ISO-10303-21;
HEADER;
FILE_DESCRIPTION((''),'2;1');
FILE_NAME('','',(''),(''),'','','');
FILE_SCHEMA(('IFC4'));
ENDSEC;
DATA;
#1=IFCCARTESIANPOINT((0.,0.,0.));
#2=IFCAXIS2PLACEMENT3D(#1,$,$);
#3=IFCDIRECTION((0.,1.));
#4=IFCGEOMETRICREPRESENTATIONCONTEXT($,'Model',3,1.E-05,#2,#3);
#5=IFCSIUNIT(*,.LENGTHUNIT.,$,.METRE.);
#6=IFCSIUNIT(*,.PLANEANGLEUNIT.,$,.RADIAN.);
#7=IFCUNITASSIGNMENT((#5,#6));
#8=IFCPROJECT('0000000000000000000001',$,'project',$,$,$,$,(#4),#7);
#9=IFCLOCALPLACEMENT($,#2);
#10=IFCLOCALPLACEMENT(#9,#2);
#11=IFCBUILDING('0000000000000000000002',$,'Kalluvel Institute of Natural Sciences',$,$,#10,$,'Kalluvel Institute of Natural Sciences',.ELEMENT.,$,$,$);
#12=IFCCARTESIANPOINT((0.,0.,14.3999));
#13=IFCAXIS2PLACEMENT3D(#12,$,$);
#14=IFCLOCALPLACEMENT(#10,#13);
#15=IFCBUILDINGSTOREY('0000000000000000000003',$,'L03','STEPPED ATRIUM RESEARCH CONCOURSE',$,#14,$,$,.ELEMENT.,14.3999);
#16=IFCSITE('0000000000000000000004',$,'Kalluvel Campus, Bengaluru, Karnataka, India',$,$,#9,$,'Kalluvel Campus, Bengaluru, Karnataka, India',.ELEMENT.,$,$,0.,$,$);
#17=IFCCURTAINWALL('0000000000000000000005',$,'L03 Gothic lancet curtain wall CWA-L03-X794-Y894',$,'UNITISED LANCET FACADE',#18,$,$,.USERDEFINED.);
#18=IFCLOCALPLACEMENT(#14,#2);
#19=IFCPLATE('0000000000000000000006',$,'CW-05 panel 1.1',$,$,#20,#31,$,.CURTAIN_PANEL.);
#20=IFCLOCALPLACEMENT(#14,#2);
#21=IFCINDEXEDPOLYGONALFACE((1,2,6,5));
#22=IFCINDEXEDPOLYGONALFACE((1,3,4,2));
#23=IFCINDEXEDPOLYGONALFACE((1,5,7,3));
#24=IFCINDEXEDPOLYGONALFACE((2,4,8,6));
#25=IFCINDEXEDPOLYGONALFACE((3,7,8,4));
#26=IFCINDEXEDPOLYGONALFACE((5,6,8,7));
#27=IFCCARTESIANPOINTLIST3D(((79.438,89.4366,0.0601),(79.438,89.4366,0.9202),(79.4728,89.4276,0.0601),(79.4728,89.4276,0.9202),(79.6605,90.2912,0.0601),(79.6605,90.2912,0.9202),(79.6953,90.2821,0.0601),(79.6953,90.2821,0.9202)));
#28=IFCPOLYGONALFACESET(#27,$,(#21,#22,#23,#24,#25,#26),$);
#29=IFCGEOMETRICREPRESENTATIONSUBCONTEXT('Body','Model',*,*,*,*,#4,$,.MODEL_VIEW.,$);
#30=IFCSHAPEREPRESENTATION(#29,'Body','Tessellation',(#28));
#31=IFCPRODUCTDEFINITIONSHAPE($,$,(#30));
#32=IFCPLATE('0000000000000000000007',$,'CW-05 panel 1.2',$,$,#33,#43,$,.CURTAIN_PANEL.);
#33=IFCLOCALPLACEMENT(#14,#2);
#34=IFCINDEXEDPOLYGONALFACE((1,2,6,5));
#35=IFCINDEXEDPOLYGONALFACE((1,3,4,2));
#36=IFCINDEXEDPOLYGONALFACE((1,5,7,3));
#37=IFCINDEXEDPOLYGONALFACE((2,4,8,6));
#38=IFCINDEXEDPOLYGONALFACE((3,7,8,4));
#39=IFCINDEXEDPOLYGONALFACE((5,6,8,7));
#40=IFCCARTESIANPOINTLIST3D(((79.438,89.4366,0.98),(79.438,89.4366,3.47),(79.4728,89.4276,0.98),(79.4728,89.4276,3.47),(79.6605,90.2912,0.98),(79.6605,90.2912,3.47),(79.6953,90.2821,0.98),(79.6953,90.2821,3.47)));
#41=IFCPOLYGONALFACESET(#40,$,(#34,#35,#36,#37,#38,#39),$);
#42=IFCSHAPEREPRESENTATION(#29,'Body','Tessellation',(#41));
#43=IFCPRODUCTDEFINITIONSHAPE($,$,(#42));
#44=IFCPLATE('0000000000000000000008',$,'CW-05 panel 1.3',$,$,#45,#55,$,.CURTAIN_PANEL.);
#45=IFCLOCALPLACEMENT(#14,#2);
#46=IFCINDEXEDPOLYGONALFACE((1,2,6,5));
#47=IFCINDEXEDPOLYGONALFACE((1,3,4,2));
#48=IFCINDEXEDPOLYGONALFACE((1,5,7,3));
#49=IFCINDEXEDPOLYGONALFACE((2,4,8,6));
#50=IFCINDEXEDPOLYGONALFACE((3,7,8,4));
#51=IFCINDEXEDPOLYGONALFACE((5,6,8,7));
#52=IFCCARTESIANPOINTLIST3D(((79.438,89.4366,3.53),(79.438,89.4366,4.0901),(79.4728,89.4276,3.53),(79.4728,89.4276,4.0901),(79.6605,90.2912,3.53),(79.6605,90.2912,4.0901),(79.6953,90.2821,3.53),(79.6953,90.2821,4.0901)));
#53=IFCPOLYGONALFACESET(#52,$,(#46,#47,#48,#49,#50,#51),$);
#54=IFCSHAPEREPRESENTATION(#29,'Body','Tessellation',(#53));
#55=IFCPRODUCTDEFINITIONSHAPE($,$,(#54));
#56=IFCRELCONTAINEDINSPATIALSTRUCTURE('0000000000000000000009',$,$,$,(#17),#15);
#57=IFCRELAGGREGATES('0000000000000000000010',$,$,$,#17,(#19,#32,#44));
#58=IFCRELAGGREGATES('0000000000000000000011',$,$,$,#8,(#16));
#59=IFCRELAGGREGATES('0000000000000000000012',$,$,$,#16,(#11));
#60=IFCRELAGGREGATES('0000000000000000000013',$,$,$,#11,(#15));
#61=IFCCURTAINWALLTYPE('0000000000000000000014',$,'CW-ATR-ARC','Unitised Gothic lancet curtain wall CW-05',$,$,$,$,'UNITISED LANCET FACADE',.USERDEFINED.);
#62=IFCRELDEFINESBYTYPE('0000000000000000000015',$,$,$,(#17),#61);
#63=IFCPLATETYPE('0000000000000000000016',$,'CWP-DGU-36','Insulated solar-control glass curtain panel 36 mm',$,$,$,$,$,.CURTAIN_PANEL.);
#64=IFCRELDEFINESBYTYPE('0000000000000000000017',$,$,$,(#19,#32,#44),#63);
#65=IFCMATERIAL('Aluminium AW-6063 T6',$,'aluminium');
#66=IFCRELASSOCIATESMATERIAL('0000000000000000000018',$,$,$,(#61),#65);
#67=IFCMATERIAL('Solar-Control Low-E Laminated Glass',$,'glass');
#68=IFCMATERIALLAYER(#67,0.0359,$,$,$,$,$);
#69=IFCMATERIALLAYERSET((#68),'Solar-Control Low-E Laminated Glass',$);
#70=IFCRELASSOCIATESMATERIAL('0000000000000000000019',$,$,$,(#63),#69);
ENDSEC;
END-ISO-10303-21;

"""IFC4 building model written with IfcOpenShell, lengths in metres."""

from ifc_helpers import new_model, si_unit, direction, frame, origin, origin_2d, place, context, subcontext, project, spatial, rectangle, extrude, material, layer, layer_set, type_object, element, aggregate, save


model = new_model("IFC4")

# Units and contexts
model_context = context("Model", 3, precision=1e-05, world=origin(), true_north=direction((0.0, 1.0)))
body_context = subcontext(model_context, "Body", "Model", "MODEL_VIEW")
ifc_project = project(units=[si_unit("LENGTHUNIT", "METRE"), si_unit("PLANEANGLEUNIT", "RADIAN")], contexts=[model_context])

# Site, building, storey
site_placement = place(None, origin())
site = spatial("IfcSite", under=ifc_project, at=site_placement, Name="Kalluvel Campus, Bengaluru, Karnataka, India", LongName="Kalluvel Campus, Bengaluru, Karnataka, India", CompositionType="ELEMENT", RefElevation=0.0)
building_placement = place(site_placement, origin())
building = spatial("IfcBuilding", under=site, at=building_placement, Name="Kalluvel Institute of Natural Sciences", LongName="Kalluvel Institute of Natural Sciences", CompositionType="ELEMENT")
storey_placement = place(building_placement, frame((0.0, 0.0, 14.3999)))
storey = spatial("IfcBuildingStorey", under=building, at=storey_placement, Name="L03", Description="STEPPED ATRIUM RESEARCH CONCOURSE", CompositionType="ELEMENT", Elevation=14.3999)

# Shared definitions
ifc_material_1 = material(Name="Aluminium AW-6063 T6", Category="aluminium")
curtain_wall_type = type_object("IfcCurtainWallType", Name="CW-ATR-ARC", Description="Unitised Gothic lancet curtain wall CW-05", ElementType="UNITISED LANCET FACADE", PredefinedType="USERDEFINED", material=ifc_material_1)

# Curtain wall
curtain_wall_1_placement = place(storey_placement, origin())
curtain_wall_1 = element("IfcCurtainWall", 1, at=curtain_wall_1_placement, inside=storey, type_object=curtain_wall_type, Name="L03 Gothic lancet curtain wall CWA-L03-X794-Y894", ObjectType="UNITISED LANCET FACADE", PredefinedType="USERDEFINED")

# Plates
ifc_material_2 = material(Name="Solar-Control Low-E Laminated Glass", Category="glass")
ifc_layer = layer(ifc_material_2, 0.0359)
ifc_layer_set = layer_set([ifc_layer], Name="Solar-Control Low-E Laminated Glass")
plate_type = type_object("IfcPlateType", Name="CWP-DGU-36", Description="Insulated solar-control glass curtain panel 36 mm", PredefinedType="CURTAIN_PANEL", material=ifc_layer_set)
plate_1_placement = place(storey_placement, frame((79.5667, 89.8594, 0.0601), z_axis=(0.0, 0.0, 1.0), x_axis=(0.251986, 0.967731, 0.0)))
plate_1 = element("IfcPlate", 2, at=plate_1_placement, type_object=plate_type, Name="CW-05 panel 1.1", PredefinedType="CURTAIN_PANEL", context=body_context, shape_type="SweptSolid", body=[
    extrude(rectangle(XDim=0.8831, YDim=0.0359, at=origin_2d()), origin(), (0.0, 0.0, 1.0), 0.8601),
])
plate_2_placement = place(storey_placement, frame((79.5667, 89.8594, 0.98), z_axis=(0.0, 0.0, 1.0), x_axis=(0.251986, 0.967731, 0.0)))
plate_2 = element("IfcPlate", 3, at=plate_2_placement, type_object=plate_type, Name="CW-05 panel 1.2", PredefinedType="CURTAIN_PANEL", context=body_context, shape_type="SweptSolid", body=[
    extrude(rectangle(XDim=0.8831, YDim=0.0359, at=origin_2d()), origin(), (0.0, 0.0, 1.0), 2.49),
])
plate_3_placement = place(storey_placement, frame((79.5667, 89.8594, 3.53), z_axis=(0.0, 0.0, 1.0), x_axis=(0.251986, 0.967731, 0.0)))
plate_3 = element("IfcPlate", 4, at=plate_3_placement, type_object=plate_type, Name="CW-05 panel 1.3", PredefinedType="CURTAIN_PANEL", context=body_context, shape_type="SweptSolid", body=[
    extrude(rectangle(XDim=0.8831, YDim=0.0359, at=origin_2d()), origin(), (0.0, 0.0, 1.0), 0.5601),
])
aggregate(curtain_wall_1, [plate_1, plate_2, plate_3])

save(model, "model.ifc")
